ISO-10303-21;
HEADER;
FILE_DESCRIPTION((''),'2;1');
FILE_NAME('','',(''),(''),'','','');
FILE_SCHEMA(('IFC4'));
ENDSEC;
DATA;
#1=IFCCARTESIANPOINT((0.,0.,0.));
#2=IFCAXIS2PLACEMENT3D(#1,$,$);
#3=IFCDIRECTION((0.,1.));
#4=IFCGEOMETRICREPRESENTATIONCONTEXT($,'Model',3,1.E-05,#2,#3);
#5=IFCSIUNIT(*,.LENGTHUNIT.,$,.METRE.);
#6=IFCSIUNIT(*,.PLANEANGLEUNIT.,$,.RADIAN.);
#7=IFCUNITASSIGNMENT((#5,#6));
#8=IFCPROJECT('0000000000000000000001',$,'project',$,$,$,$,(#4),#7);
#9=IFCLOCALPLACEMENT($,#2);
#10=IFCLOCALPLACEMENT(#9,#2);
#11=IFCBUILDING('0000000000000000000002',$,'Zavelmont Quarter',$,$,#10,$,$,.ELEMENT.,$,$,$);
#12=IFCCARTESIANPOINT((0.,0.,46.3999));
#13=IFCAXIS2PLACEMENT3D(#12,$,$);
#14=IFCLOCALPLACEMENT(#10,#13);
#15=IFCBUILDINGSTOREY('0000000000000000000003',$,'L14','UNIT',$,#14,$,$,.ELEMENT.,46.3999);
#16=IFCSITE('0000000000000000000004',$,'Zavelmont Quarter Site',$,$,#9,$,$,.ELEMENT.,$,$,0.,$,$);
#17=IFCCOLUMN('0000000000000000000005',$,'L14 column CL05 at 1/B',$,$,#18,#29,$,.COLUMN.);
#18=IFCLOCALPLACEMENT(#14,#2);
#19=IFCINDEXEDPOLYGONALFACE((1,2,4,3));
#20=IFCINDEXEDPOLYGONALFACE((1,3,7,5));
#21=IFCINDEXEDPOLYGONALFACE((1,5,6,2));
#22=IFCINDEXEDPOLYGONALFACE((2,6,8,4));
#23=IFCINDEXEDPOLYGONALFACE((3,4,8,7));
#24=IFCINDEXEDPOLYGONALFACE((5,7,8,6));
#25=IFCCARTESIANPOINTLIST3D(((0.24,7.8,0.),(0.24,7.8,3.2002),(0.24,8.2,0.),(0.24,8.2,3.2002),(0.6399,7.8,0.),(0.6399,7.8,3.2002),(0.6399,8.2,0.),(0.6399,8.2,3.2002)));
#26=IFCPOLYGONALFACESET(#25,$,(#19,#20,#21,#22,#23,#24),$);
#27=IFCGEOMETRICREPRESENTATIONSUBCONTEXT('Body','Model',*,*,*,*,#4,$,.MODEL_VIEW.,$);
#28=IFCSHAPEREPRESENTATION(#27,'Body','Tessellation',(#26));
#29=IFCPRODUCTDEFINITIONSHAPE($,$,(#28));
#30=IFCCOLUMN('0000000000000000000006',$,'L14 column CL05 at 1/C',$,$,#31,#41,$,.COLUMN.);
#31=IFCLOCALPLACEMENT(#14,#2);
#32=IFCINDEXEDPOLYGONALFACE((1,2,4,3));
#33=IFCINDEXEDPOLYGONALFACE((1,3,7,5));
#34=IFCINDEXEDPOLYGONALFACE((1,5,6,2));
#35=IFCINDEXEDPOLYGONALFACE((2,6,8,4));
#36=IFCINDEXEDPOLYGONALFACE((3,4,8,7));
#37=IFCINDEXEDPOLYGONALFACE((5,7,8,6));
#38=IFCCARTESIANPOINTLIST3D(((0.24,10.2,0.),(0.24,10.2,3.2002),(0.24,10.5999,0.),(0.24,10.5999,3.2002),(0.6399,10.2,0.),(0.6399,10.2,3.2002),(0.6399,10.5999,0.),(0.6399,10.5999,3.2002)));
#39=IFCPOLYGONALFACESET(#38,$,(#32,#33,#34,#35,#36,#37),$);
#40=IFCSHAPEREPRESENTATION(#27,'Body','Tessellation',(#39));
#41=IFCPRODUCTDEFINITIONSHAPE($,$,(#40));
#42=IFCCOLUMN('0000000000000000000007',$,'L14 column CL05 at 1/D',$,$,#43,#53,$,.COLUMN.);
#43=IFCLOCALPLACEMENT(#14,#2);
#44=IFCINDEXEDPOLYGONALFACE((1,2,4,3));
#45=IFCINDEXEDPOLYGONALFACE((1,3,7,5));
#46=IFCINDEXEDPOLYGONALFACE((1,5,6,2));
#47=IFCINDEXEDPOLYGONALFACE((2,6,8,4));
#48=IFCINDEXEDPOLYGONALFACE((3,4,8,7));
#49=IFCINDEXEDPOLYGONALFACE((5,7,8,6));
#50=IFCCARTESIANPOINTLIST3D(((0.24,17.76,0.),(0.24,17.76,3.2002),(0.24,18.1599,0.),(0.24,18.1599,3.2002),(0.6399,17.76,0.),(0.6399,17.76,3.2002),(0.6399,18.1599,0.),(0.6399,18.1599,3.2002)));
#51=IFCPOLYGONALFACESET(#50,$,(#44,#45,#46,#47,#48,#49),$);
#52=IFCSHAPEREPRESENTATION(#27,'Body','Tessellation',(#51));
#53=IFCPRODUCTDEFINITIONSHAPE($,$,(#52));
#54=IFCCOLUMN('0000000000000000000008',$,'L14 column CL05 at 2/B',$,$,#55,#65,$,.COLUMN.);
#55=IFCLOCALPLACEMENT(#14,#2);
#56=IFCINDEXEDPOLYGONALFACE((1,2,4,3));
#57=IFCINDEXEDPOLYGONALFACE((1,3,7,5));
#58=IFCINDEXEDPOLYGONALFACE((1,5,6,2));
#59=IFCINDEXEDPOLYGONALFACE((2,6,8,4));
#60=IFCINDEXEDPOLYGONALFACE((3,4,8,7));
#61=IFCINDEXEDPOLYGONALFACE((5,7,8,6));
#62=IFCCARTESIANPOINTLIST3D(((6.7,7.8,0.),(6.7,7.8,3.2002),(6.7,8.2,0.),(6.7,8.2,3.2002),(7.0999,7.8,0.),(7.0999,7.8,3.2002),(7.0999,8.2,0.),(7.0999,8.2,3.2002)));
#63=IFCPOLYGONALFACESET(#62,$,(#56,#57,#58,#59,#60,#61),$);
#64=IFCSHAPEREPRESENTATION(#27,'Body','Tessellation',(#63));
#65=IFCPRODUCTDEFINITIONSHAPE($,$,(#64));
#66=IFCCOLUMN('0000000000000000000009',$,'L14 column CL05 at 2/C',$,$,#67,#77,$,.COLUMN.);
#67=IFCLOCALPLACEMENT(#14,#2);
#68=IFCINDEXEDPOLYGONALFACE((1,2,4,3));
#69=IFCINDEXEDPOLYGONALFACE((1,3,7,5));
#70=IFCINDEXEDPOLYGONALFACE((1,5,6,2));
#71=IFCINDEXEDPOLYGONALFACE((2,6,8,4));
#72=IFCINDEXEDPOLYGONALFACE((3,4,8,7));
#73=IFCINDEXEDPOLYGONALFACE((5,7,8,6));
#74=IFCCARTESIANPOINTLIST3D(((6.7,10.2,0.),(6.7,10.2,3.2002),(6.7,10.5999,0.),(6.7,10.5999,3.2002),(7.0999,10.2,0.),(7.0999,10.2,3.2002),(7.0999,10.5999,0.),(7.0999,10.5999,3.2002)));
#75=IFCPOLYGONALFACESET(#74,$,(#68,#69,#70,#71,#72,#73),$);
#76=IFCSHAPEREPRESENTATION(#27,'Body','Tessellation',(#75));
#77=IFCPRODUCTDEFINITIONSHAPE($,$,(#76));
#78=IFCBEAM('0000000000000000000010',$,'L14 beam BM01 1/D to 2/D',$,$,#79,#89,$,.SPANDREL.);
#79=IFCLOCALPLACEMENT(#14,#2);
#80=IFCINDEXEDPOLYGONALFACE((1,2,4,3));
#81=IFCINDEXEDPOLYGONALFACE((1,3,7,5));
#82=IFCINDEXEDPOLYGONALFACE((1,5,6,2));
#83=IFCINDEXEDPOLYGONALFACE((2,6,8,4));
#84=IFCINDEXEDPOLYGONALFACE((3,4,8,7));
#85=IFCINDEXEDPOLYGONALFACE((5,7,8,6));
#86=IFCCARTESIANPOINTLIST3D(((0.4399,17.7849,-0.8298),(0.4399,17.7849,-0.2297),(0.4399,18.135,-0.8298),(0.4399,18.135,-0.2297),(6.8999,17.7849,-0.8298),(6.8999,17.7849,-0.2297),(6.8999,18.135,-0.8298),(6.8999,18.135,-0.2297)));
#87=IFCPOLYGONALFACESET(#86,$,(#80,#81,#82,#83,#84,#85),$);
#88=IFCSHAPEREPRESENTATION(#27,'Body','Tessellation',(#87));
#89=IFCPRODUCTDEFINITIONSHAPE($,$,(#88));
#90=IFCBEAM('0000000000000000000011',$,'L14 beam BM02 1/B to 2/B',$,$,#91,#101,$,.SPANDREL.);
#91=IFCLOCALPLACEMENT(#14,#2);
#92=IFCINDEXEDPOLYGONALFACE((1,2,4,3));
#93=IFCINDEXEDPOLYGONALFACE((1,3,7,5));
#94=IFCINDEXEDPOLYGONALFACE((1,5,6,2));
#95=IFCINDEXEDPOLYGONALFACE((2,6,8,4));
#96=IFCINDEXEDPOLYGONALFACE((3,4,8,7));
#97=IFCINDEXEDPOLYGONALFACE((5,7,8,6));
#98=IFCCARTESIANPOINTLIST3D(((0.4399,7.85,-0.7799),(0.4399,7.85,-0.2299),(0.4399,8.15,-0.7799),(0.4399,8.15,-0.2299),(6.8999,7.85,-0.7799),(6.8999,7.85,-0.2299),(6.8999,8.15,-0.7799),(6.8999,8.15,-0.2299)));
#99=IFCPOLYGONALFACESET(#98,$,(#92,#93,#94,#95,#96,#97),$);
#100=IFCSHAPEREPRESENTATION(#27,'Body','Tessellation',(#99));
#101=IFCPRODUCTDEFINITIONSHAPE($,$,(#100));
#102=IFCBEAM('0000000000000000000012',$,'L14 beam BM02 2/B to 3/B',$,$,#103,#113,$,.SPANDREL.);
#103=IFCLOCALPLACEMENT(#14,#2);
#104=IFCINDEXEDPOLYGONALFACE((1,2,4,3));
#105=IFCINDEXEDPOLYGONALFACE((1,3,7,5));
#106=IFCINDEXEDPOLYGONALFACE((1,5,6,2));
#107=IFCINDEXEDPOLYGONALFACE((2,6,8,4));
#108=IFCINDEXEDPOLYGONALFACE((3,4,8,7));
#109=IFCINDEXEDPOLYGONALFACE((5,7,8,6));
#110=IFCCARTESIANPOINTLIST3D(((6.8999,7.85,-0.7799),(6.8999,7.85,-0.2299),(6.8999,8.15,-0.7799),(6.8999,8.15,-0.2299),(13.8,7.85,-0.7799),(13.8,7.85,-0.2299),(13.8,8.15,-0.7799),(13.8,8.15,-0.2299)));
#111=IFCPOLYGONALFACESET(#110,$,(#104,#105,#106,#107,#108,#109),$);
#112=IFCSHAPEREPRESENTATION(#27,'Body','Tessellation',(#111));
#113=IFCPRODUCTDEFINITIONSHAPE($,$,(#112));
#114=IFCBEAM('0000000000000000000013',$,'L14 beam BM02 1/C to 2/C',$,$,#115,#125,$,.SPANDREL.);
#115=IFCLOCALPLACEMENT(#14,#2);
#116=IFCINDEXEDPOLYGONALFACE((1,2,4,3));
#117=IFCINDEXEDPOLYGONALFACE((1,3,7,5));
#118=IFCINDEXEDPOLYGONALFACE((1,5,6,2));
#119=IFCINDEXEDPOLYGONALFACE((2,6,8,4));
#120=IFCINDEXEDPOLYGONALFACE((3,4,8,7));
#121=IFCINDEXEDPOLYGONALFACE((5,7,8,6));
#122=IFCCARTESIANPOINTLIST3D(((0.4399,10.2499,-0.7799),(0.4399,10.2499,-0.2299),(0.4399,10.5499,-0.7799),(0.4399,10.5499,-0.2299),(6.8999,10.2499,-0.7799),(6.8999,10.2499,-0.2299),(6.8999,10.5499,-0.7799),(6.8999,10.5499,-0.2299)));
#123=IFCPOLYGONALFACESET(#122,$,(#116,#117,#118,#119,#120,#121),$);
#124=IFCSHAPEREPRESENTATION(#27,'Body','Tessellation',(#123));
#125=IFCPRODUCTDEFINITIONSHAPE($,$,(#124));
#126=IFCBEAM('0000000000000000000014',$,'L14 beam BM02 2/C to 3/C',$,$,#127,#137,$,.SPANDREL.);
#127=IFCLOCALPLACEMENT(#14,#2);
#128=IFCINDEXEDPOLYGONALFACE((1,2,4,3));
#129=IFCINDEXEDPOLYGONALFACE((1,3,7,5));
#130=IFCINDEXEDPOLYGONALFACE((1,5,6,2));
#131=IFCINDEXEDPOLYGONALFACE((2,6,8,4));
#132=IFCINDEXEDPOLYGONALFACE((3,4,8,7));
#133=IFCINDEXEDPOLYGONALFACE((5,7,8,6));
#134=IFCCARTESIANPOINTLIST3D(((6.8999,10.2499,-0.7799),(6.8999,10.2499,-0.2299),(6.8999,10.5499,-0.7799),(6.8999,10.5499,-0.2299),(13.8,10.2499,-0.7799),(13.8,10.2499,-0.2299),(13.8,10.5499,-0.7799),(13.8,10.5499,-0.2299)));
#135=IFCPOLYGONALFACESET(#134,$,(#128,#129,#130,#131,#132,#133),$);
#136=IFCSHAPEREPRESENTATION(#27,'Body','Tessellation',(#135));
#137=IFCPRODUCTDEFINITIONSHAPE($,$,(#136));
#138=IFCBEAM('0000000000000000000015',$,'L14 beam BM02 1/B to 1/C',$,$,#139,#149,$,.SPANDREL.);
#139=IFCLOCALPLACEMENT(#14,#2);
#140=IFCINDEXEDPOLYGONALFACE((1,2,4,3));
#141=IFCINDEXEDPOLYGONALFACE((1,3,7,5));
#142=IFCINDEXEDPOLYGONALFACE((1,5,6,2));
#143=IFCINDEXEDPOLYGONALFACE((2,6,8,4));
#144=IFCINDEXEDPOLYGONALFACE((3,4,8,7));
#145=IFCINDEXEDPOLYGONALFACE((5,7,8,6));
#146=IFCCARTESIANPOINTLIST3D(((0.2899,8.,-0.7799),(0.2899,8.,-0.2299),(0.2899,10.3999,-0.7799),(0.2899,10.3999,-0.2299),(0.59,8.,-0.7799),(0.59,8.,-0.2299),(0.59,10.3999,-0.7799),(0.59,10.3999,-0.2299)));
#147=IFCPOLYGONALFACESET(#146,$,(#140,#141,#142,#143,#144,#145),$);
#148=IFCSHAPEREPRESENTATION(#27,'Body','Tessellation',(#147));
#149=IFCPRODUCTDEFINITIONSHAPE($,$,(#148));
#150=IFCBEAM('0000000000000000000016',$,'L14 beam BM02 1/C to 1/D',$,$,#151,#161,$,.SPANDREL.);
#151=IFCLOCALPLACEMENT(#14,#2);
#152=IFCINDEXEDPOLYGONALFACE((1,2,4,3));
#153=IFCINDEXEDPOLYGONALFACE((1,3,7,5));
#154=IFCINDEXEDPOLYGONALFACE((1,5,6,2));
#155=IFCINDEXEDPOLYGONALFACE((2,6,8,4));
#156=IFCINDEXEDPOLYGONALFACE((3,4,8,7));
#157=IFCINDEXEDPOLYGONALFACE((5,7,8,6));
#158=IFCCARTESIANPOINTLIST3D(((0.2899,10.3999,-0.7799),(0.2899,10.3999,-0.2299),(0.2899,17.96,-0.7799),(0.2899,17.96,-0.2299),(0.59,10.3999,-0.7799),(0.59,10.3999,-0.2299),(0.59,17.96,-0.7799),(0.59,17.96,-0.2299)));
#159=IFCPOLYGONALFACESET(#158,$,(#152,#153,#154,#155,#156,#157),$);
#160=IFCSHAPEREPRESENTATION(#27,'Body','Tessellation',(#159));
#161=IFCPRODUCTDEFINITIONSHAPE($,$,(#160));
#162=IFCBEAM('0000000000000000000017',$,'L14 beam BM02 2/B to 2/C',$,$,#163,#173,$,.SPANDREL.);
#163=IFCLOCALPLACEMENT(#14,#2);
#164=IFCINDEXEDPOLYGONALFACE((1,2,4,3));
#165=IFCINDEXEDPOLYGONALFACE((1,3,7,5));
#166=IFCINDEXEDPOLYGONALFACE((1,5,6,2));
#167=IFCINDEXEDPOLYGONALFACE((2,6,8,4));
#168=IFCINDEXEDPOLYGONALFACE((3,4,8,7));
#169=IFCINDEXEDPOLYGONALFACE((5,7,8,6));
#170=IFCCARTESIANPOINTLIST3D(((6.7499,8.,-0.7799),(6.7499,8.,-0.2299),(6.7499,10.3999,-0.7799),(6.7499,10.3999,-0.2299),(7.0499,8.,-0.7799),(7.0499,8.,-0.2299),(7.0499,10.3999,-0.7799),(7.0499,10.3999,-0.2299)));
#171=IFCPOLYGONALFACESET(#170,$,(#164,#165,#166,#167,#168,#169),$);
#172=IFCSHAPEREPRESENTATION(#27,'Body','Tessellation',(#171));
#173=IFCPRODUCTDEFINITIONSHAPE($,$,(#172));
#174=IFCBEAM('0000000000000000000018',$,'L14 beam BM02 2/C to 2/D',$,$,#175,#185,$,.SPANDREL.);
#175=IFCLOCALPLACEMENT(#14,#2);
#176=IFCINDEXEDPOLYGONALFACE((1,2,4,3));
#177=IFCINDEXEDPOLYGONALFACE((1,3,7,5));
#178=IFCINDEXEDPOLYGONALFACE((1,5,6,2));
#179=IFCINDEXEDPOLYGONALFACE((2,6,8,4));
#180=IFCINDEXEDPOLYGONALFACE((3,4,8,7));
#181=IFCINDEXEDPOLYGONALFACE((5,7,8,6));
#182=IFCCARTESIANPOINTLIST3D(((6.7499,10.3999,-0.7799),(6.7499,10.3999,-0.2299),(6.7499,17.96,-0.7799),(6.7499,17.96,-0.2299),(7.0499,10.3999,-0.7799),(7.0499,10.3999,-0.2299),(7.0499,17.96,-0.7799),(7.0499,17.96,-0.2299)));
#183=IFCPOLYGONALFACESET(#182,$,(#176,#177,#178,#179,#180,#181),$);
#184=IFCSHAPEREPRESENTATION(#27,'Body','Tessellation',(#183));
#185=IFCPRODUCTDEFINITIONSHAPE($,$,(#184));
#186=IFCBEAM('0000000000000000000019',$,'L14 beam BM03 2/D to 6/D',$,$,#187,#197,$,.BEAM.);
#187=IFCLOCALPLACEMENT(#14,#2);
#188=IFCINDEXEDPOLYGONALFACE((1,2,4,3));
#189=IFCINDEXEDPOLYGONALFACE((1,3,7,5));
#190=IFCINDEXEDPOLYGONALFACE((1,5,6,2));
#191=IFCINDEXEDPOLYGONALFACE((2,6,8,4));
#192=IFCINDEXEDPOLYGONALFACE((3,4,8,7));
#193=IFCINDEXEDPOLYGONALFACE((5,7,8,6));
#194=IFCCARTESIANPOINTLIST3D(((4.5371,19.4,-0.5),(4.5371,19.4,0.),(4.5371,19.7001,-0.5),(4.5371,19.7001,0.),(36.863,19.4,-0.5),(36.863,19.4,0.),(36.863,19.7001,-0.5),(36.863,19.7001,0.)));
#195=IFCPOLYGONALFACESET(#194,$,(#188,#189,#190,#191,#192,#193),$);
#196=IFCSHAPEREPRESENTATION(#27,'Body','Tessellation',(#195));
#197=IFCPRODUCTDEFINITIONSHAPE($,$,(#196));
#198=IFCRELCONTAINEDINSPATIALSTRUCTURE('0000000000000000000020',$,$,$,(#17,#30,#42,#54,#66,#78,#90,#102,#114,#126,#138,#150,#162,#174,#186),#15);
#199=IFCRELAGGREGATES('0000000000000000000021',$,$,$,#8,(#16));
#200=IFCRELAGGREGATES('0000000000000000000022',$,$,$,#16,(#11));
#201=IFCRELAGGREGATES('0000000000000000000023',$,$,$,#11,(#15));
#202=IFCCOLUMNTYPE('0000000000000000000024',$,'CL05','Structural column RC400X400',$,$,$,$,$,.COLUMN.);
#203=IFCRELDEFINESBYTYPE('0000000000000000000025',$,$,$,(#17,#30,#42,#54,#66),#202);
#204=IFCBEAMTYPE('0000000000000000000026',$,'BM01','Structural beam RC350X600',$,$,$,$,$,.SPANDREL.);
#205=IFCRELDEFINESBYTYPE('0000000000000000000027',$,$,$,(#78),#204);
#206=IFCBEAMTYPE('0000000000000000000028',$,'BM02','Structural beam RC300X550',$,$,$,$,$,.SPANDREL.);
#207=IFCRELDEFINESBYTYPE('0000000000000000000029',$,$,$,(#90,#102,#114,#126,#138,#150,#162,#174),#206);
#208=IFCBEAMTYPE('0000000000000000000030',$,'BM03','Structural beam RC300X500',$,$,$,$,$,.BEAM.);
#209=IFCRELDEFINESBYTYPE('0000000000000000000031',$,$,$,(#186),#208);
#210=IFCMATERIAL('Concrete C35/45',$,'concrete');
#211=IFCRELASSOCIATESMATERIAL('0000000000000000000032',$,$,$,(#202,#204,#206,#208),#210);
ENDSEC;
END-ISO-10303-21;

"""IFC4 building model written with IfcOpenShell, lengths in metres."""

from ifc_helpers import new_model, si_unit, direction, frame, origin, origin_2d, place, context, subcontext, project, spatial, rectangle, extrude, material, material_profile, profile_set, type_object, element, save


model = new_model("IFC4")

# Units and contexts
model_context = context("Model", 3, precision=1e-05, world=origin(), true_north=direction((0.0, 1.0)))
body_context = subcontext(model_context, "Body", "Model", "MODEL_VIEW")
ifc_project = project(units=[si_unit("LENGTHUNIT", "METRE"), si_unit("PLANEANGLEUNIT", "RADIAN")], contexts=[model_context])

# Site, building, storey
site_placement = place(None, origin())
site = spatial("IfcSite", under=ifc_project, at=site_placement, Name="Zavelmont Quarter Site", CompositionType="ELEMENT", RefElevation=0.0)
building_placement = place(site_placement, origin())
building = spatial("IfcBuilding", under=site, at=building_placement, Name="Zavelmont Quarter", CompositionType="ELEMENT")
storey_placement = place(building_placement, frame((0.0, 0.0, 46.3999)))
storey = spatial("IfcBuildingStorey", under=building, at=storey_placement, Name="L14", Description="UNIT", CompositionType="ELEMENT", Elevation=46.3999)

# Columns
ifc_material_1 = material(Name="Concrete C35/45", Category="concrete")
ifc_material_profile_1 = material_profile(ifc_material_1, rectangle(XDim=0.3999, YDim=0.3999, at=origin_2d()), Name="RC400X400")
ifc_profile_set_1 = profile_set([ifc_material_profile_1], Name="Concrete C35/45")
column_type = type_object("IfcColumnType", Name="CL05", Description="Structural column RC400X400", PredefinedType="COLUMN", material=ifc_profile_set_1)
for number, where, z_axis, x_axis, name in (
    (1, (0.4399, 8.0, 0.0), (0.0, 0.0, 1.0), (1.0, 0.0, 0.0), "L14 column CL05 at 1/B"),
    (2, (0.4399, 10.3999, 0.0), (0.0, 0.0, 1.0), (1.0, 0.0, 0.0), "L14 column CL05 at 1/C"),
    (3, (0.4399, 17.96, 0.0), (0.0, 0.0, 1.0), (1.0, 0.0, 0.0), "L14 column CL05 at 1/D"),
    (4, (6.8999, 8.0, 0.0), (0.0, 0.0, 1.0), (1.0, 0.0, 0.0), "L14 column CL05 at 2/B"),
    (5, (6.8999, 10.3999, 0.0), (0.0, 0.0, 1.0), (1.0, 0.0, 0.0), "L14 column CL05 at 2/C"),
):
    element("IfcColumn", number, at=place(storey_placement, frame(where, z_axis=z_axis, x_axis=x_axis)), inside=storey, type_object=column_type, Name=name, PredefinedType="COLUMN", context=body_context, shape_type="SweptSolid", body=[
        extrude(rectangle(XDim=0.3999, YDim=0.3999, at=origin_2d()), origin(), (0.0, 0.0, 1.0), 3.2002),
    ])

# Beams
ifc_material_profile_2 = material_profile(ifc_material_1, rectangle(XDim=0.3501, YDim=0.6001, at=origin_2d()), Name="RC350X600")
ifc_profile_set_2 = profile_set([ifc_material_profile_2], Name="Concrete C35/45")
beam_type_1 = type_object("IfcBeamType", Name="BM01", Description="Structural beam RC350X600", PredefinedType="SPANDREL", material=ifc_profile_set_2)
beam_1_placement = place(storey_placement, frame((0.4399, 17.96, -0.5298), z_axis=(1.0, 0.0, 0.0), x_axis=(0.0, 1.0, 0.0)))
element("IfcBeam", 6, at=beam_1_placement, inside=storey, type_object=beam_type_1, Name="L14 beam BM01 1/D to 2/D", PredefinedType="SPANDREL", context=body_context, shape_type="SweptSolid", body=[
    extrude(rectangle(XDim=0.3501, YDim=0.6001, at=origin_2d()), origin(), (0.0, 0.0, 1.0), 6.46),
])
ifc_material_profile_3 = material_profile(ifc_material_1, rectangle(XDim=0.3, YDim=0.55, at=origin_2d()), Name="RC300X550")
ifc_profile_set_3 = profile_set([ifc_material_profile_3], Name="Concrete C35/45")
beam_type_2 = type_object("IfcBeamType", Name="BM02", Description="Structural beam RC300X550", PredefinedType="SPANDREL", material=ifc_profile_set_3)
beam_2_placement = place(storey_placement, frame((0.4399, 8.0, -0.5049), z_axis=(1.0, 0.0, 0.0), x_axis=(0.0, 1.0, 0.0)))
element("IfcBeam", 7, at=beam_2_placement, inside=storey, type_object=beam_type_2, Name="L14 beam BM02 1/B to 2/B", PredefinedType="SPANDREL", context=body_context, shape_type="SweptSolid", body=[
    extrude(rectangle(XDim=0.3, YDim=0.55, at=origin_2d()), origin(), (0.0, 0.0, 1.0), 6.46),
])
beam_3_placement = place(storey_placement, frame((6.8999, 8.0, -0.5049), z_axis=(1.0, 0.0, 0.0), x_axis=(0.0, 1.0, 0.0)))
element("IfcBeam", 8, at=beam_3_placement, inside=storey, type_object=beam_type_2, Name="L14 beam BM02 2/B to 3/B", PredefinedType="SPANDREL", context=body_context, shape_type="SweptSolid", body=[
    extrude(rectangle(XDim=0.3, YDim=0.55, at=origin_2d()), origin(), (0.0, 0.0, 1.0), 6.9001),
])
beam_4_placement = place(storey_placement, frame((0.4399, 10.3999, -0.5049), z_axis=(1.0, 0.0, 0.0), x_axis=(0.0, 1.0, 0.0)))
element("IfcBeam", 9, at=beam_4_placement, inside=storey, type_object=beam_type_2, Name="L14 beam BM02 1/C to 2/C", PredefinedType="SPANDREL", context=body_context, shape_type="SweptSolid", body=[
    extrude(rectangle(XDim=0.3, YDim=0.55, at=origin_2d()), origin(), (0.0, 0.0, 1.0), 6.46),
])
beam_5_placement = place(storey_placement, frame((6.8999, 10.3999, -0.5049), z_axis=(1.0, 0.0, 0.0), x_axis=(0.0, 1.0, 0.0)))
element("IfcBeam", 10, at=beam_5_placement, inside=storey, type_object=beam_type_2, Name="L14 beam BM02 2/C to 3/C", PredefinedType="SPANDREL", context=body_context, shape_type="SweptSolid", body=[
    extrude(rectangle(XDim=0.3, YDim=0.55, at=origin_2d()), origin(), (0.0, 0.0, 1.0), 6.9001),
])
beam_6_placement = place(storey_placement, frame((0.4399, 8.0, -0.5049), z_axis=(0.0, 1.0, 0.0), x_axis=(-1.0, 0.0, 0.0)))
element("IfcBeam", 11, at=beam_6_placement, inside=storey, type_object=beam_type_2, Name="L14 beam BM02 1/B to 1/C", PredefinedType="SPANDREL", context=body_context, shape_type="SweptSolid", body=[
    extrude(rectangle(XDim=0.3, YDim=0.55, at=origin_2d()), origin(), (0.0, 0.0, 1.0), 2.3999),
])
beam_7_placement = place(storey_placement, frame((0.4399, 10.3999, -0.5049), z_axis=(0.0, 1.0, 0.0), x_axis=(-1.0, 0.0, 0.0)))
element("IfcBeam", 12, at=beam_7_placement, inside=storey, type_object=beam_type_2, Name="L14 beam BM02 1/C to 1/D", PredefinedType="SPANDREL", context=body_context, shape_type="SweptSolid", body=[
    extrude(rectangle(XDim=0.3, YDim=0.55, at=origin_2d()), origin(), (0.0, 0.0, 1.0), 7.5601),
])
beam_8_placement = place(storey_placement, frame((6.8999, 8.0, -0.5049), z_axis=(0.0, 1.0, 0.0), x_axis=(-1.0, 0.0, 0.0)))
element("IfcBeam", 13, at=beam_8_placement, inside=storey, type_object=beam_type_2, Name="L14 beam BM02 2/B to 2/C", PredefinedType="SPANDREL", context=body_context, shape_type="SweptSolid", body=[
    extrude(rectangle(XDim=0.3, YDim=0.55, at=origin_2d()), origin(), (0.0, 0.0, 1.0), 2.3999),
])
beam_9_placement = place(storey_placement, frame((6.8999, 10.3999, -0.5049), z_axis=(0.0, 1.0, 0.0), x_axis=(-1.0, 0.0, 0.0)))
element("IfcBeam", 14, at=beam_9_placement, inside=storey, type_object=beam_type_2, Name="L14 beam BM02 2/C to 2/D", PredefinedType="SPANDREL", context=body_context, shape_type="SweptSolid", body=[
    extrude(rectangle(XDim=0.3, YDim=0.55, at=origin_2d()), origin(), (0.0, 0.0, 1.0), 7.5601),
])
ifc_material_profile_4 = material_profile(ifc_material_1, rectangle(XDim=0.3, YDim=0.5, at=origin_2d()), Name="RC300X500")
ifc_profile_set_4 = profile_set([ifc_material_profile_4], Name="Concrete C35/45")
beam_type_3 = type_object("IfcBeamType", Name="BM03", Description="Structural beam RC300X500", PredefinedType="BEAM", material=ifc_profile_set_4)
beam_10_placement = place(storey_placement, frame((4.5371, 19.55, -0.25), z_axis=(1.0, 0.0, 0.0), x_axis=(0.0, 1.0, 0.0)))
element("IfcBeam", 15, at=beam_10_placement, inside=storey, type_object=beam_type_3, Name="L14 beam BM03 2/D to 6/D", PredefinedType="BEAM", context=body_context, shape_type="SweptSolid", body=[
    extrude(rectangle(XDim=0.3, YDim=0.5, at=origin_2d()), origin(), (0.0, 0.0, 1.0), 32.3259),
])

save(model, "model.ifc")
